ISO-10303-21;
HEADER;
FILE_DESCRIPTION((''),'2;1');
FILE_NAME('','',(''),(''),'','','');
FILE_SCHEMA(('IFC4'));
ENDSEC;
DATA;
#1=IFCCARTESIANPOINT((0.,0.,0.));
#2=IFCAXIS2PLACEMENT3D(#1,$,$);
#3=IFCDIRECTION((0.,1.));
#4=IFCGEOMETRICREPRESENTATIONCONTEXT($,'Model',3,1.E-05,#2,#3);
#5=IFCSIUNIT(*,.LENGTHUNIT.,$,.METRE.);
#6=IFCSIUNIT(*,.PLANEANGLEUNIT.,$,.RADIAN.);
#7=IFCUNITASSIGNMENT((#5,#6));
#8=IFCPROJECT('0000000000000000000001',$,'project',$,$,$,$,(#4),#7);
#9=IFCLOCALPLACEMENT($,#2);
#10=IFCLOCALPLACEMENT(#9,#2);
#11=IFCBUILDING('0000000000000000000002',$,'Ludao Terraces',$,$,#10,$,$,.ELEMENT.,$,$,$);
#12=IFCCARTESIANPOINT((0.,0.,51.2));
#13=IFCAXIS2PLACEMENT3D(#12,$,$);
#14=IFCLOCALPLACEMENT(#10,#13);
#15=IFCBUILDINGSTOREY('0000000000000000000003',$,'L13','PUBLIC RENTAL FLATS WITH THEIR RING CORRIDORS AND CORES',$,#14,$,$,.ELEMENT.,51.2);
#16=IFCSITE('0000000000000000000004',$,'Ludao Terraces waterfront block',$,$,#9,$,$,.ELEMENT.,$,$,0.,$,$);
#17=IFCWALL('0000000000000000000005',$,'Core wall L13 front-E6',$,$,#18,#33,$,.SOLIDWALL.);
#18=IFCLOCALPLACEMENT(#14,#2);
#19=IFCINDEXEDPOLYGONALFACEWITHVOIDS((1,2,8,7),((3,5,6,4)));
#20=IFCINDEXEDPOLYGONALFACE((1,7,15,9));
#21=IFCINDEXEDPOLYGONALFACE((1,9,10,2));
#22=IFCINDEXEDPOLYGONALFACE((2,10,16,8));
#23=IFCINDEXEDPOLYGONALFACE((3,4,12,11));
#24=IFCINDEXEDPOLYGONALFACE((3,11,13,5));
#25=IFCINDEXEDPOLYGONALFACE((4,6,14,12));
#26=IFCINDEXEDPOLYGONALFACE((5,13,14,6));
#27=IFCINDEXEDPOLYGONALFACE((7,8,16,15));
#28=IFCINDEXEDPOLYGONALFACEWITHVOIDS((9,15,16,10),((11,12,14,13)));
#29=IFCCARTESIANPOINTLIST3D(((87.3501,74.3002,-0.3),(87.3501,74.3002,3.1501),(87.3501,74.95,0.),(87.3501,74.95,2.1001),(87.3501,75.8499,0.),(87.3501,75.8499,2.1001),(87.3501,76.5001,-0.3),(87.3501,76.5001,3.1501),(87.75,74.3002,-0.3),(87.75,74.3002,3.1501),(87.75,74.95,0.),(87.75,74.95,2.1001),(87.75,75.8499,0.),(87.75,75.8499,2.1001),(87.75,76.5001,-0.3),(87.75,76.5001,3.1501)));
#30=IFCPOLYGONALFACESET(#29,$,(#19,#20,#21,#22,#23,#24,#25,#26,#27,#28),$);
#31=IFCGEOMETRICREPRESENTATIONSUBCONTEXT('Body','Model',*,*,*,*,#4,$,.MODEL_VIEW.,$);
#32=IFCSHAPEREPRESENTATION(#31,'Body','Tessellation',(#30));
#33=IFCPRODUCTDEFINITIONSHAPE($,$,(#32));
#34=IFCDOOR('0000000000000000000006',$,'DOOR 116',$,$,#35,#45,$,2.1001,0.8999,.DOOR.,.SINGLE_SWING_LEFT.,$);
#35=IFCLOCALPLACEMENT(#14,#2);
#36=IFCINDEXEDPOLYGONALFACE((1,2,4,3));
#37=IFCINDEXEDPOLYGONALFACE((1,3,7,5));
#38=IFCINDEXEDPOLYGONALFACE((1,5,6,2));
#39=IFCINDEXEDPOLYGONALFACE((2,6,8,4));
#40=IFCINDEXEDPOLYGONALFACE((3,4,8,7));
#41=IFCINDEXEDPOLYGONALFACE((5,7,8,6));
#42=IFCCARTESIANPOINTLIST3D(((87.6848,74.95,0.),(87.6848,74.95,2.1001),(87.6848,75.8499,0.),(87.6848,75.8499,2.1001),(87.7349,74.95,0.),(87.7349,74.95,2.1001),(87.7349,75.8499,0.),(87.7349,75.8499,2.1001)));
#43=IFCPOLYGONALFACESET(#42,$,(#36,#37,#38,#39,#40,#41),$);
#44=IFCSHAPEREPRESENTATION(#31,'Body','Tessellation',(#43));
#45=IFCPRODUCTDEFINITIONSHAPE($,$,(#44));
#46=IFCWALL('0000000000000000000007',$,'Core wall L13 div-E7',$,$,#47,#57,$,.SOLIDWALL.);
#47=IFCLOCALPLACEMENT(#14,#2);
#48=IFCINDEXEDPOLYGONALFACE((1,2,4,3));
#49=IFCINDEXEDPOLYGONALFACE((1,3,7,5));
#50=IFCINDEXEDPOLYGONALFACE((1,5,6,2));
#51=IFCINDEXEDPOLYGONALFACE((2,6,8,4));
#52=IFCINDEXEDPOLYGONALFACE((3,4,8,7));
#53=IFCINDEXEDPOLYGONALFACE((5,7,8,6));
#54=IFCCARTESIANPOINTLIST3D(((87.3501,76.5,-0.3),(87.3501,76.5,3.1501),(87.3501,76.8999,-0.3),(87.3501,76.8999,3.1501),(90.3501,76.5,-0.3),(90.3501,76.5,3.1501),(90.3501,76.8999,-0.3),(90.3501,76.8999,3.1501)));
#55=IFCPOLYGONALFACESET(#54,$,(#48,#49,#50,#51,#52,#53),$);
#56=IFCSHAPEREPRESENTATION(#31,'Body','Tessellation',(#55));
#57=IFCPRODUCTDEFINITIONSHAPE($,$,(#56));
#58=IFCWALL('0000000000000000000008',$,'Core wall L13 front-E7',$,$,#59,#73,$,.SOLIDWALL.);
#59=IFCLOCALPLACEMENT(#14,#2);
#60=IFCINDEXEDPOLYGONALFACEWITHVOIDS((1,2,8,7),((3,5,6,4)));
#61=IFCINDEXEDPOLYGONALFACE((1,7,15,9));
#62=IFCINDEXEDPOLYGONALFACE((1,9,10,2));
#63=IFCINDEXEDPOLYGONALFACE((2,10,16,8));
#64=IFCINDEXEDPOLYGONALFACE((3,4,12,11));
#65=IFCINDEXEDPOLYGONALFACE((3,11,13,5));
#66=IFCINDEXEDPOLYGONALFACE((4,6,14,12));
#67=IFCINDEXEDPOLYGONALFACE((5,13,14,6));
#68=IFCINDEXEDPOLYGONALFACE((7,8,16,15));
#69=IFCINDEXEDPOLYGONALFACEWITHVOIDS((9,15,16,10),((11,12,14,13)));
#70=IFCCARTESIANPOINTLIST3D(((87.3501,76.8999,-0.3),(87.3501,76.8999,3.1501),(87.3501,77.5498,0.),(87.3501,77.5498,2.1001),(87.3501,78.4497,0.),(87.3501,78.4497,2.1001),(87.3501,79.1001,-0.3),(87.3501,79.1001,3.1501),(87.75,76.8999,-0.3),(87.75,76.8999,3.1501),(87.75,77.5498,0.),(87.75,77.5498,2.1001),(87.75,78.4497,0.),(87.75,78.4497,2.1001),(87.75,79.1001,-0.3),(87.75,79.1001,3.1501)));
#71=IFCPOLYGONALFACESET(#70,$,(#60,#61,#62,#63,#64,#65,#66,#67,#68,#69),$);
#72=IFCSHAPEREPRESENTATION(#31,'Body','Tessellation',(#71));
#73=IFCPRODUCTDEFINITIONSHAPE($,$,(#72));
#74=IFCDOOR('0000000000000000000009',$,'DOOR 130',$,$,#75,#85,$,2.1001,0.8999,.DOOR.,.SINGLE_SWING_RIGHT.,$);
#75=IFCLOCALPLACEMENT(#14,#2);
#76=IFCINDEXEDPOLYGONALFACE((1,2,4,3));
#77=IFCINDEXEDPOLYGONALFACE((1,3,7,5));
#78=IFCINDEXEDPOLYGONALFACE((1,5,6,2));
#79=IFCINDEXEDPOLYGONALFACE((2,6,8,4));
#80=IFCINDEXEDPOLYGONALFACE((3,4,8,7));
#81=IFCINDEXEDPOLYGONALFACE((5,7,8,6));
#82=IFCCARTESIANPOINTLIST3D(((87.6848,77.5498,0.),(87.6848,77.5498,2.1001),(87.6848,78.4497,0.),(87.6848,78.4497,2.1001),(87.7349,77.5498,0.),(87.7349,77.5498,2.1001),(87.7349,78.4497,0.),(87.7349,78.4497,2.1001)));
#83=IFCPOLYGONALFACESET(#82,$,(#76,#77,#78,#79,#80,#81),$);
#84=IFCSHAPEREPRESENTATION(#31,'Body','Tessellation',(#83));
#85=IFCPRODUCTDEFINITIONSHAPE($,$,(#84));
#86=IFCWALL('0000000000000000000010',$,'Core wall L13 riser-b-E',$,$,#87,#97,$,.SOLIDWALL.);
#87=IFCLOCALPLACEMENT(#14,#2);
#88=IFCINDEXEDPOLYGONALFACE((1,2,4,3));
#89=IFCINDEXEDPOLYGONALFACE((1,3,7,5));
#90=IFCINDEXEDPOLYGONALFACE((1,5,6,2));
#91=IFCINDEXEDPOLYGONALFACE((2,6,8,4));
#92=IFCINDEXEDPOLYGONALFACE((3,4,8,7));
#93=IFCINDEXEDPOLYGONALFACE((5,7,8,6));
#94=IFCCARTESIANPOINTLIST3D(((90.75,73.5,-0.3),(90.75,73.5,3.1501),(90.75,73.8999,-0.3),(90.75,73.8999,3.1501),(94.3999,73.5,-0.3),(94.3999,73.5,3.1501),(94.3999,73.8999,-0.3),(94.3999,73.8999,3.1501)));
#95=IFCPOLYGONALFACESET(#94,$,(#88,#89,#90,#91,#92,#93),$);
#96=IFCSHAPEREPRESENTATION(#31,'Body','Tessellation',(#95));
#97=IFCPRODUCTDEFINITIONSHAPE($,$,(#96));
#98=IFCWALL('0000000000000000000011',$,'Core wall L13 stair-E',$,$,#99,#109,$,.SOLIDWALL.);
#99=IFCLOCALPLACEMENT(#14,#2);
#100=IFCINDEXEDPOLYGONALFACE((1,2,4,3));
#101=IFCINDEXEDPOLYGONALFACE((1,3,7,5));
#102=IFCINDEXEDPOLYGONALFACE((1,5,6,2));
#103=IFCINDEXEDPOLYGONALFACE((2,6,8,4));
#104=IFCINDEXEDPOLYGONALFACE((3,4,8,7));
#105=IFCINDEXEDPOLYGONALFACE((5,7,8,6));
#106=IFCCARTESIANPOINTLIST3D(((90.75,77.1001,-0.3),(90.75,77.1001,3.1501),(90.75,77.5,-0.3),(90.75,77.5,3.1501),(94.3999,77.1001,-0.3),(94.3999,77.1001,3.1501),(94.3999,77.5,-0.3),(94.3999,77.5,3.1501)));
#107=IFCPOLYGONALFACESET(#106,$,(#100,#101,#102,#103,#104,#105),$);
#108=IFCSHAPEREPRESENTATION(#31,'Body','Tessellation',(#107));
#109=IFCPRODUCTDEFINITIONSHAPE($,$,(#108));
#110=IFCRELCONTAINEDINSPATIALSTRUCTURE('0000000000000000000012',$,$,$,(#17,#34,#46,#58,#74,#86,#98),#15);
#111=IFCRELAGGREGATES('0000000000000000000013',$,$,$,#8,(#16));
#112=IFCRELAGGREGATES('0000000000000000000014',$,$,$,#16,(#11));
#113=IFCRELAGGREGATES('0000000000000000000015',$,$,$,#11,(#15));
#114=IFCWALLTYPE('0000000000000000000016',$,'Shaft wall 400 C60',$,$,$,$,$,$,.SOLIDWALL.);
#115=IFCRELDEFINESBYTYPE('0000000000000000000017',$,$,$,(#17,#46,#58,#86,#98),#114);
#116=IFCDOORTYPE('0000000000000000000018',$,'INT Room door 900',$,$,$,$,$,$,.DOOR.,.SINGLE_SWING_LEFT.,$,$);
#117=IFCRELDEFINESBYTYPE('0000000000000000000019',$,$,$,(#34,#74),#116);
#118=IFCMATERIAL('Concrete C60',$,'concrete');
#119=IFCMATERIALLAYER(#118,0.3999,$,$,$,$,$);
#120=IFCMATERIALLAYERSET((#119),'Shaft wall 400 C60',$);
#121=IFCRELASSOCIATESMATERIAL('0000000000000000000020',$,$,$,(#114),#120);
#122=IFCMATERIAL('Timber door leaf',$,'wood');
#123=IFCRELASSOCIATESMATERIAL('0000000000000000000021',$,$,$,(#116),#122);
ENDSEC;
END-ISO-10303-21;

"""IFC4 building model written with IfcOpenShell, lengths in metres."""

from ifc_helpers import new_model, si_unit, direction, frame, frame_2d, origin, place, context, subcontext, project, spatial, rectangle, extrude, material, layer, layer_set, type_object, element, fill, save


model = new_model("IFC4")

# Units and contexts
model_context = context("Model", 3, precision=1e-05, world=origin(), true_north=direction((0.0, 1.0)))
body_context = subcontext(model_context, "Body", "Model", "MODEL_VIEW")
ifc_project = project(units=[si_unit("LENGTHUNIT", "METRE"), si_unit("PLANEANGLEUNIT", "RADIAN")], contexts=[model_context])

# Site, building, storey
site_placement = place(None, origin())
site = spatial("IfcSite", under=ifc_project, at=site_placement, Name="Ludao Terraces waterfront block", CompositionType="ELEMENT", RefElevation=0.0)
building_placement = place(site_placement, origin())
building = spatial("IfcBuilding", under=site, at=building_placement, Name="Ludao Terraces", CompositionType="ELEMENT")
storey_placement = place(building_placement, frame((0.0, 0.0, 51.2)))
storey = spatial("IfcBuildingStorey", under=building, at=storey_placement, Name="L13", Description="PUBLIC RENTAL FLATS WITH THEIR RING CORRIDORS AND CORES", CompositionType="ELEMENT", Elevation=51.2)

# Shared definitions
ifc_material_1 = material(Name="Concrete C60", Category="concrete")
ifc_layer_1 = layer(ifc_material_1, 0.3999)
ifc_layer_set_1 = layer_set([ifc_layer_1], Name="Shaft wall 400 C60")
wall_type_1 = type_object("IfcWallType", Name="Shaft wall 400 C60", PredefinedType="SOLIDWALL", material=ifc_layer_set_1)

# Shared definitions
ifc_material_2 = material(Name="Timber door leaf", Category="wood")
door_type_1 = type_object("IfcDoorType", Name="INT Room door 900", OperationType="SINGLE_SWING_LEFT", PredefinedType="DOOR", material=ifc_material_2)

# Wall, opening, door
wall_1_placement = place(storey_placement, frame((87.55, 74.3, -0.3), z_axis=(0.0, 0.0, 1.0), x_axis=(0.0, 1.0, 0.0)))
wall_1 = element("IfcWall", 1, at=wall_1_placement, inside=storey, type_object=wall_type_1, Name="Core wall L13 front-E6", PredefinedType="SOLIDWALL", context=body_context, shape_type="SweptSolid", body=[
    extrude(rectangle(XDim=2.2, YDim=0.3999, at=frame_2d((1.1001, 0.0))), origin(), (0.0, 0.0, 1.0), 3.4502),
])
opening_1_placement = place(wall_1_placement, frame((0.6499, 0.0, 0.3)))
opening_1 = element("IfcOpeningElement", 2, at=opening_1_placement, cuts=wall_1, PredefinedType="OPENING", context=body_context, shape_type="SweptSolid", body=[
    extrude(rectangle(XDim=0.8999, YDim=2.1001, at=frame_2d((0.45, 1.05))), frame((0.0, 0.21, 0.0), z_axis=(0.0, -1.0, 0.0), x_axis=(1.0, 0.0, 0.0)), (0.0, 0.0, 1.0), 0.4199),
])
door_1_placement = place(opening_1_placement, origin())
door_1 = element("IfcDoor", 3, at=door_1_placement, inside=storey, type_object=door_type_1, Name="DOOR 116", OperationType="SINGLE_SWING_LEFT", OverallHeight=2.1001, OverallWidth=0.8999, PredefinedType="DOOR", context=body_context, shape_type="SweptSolid", body=[
    extrude(rectangle(XDim=0.8999, YDim=2.1001, at=frame_2d((0.45, 1.05))), frame((0.0, -0.1348, 0.0), z_axis=(0.0, -1.0, 0.0), x_axis=(1.0, 0.0, 0.0)), (0.0, 0.0, 1.0), 0.05),
])
fill(opening_1, door_1)

# Wall
wall_2_placement = place(storey_placement, frame((87.3501, 76.7, -0.3), z_axis=(0.0, 0.0, 1.0), x_axis=(1.0, 0.0, 0.0)))
element("IfcWall", 4, at=wall_2_placement, inside=storey, type_object=wall_type_1, Name="Core wall L13 div-E7", PredefinedType="SOLIDWALL", context=body_context, shape_type="SweptSolid", body=[
    extrude(rectangle(XDim=3.0, YDim=0.3999, at=frame_2d((1.5, 0.0))), origin(), (0.0, 0.0, 1.0), 3.4502),
])

# Wall, opening, door
wall_3_placement = place(storey_placement, frame((87.55, 76.8999, -0.3), z_axis=(0.0, 0.0, 1.0), x_axis=(0.0, 1.0, 0.0)))
wall_3 = element("IfcWall", 5, at=wall_3_placement, inside=storey, type_object=wall_type_1, Name="Core wall L13 front-E7", PredefinedType="SOLIDWALL", context=body_context, shape_type="SweptSolid", body=[
    extrude(rectangle(XDim=2.2002, YDim=0.3999, at=frame_2d((1.1001, 0.0))), origin(), (0.0, 0.0, 1.0), 3.4502),
])
opening_2_placement = place(wall_3_placement, frame((0.6499, 0.0, 0.3)))
opening_2 = element("IfcOpeningElement", 6, at=opening_2_placement, cuts=wall_3, PredefinedType="OPENING", context=body_context, shape_type="SweptSolid", body=[
    extrude(rectangle(XDim=0.8999, YDim=2.1001, at=frame_2d((0.45, 1.05))), frame((0.0, 0.21, 0.0), z_axis=(0.0, -1.0, 0.0), x_axis=(1.0, 0.0, 0.0)), (0.0, 0.0, 1.0), 0.4199),
])
door_2_placement = place(opening_2_placement, origin())
door_2 = element("IfcDoor", 7, at=door_2_placement, inside=storey, type_object=door_type_1, Name="DOOR 130", OperationType="SINGLE_SWING_RIGHT", OverallHeight=2.1001, OverallWidth=0.8999, PredefinedType="DOOR", context=body_context, shape_type="SweptSolid", body=[
    extrude(rectangle(XDim=0.8999, YDim=2.1001, at=frame_2d((0.45, 1.05))), frame((0.0, -0.1348, 0.0), z_axis=(0.0, -1.0, 0.0), x_axis=(1.0, 0.0, 0.0)), (0.0, 0.0, 1.0), 0.05),
])
fill(opening_2, door_2)

# Walls
for number, where, z_axis, x_axis, name in (
    (8, (90.75, 73.7, -0.3), (0.0, 0.0, 1.0), (1.0, 0.0, 0.0), "Core wall L13 riser-b-E"),
    (9, (90.75, 77.3, -0.3), (0.0, 0.0, 1.0), (1.0, 0.0, 0.0), "Core wall L13 stair-E"),
):
    element("IfcWall", number, at=place(storey_placement, frame(where, z_axis=z_axis, x_axis=x_axis)), inside=storey, type_object=wall_type_1, Name=name, PredefinedType="SOLIDWALL", context=body_context, shape_type="SweptSolid", body=[
        extrude(rectangle(XDim=3.6499, YDim=0.3999, at=frame_2d((1.825, 0.0))), origin(), (0.0, 0.0, 1.0), 3.4502),
    ])

save(model, "model.ifc")
